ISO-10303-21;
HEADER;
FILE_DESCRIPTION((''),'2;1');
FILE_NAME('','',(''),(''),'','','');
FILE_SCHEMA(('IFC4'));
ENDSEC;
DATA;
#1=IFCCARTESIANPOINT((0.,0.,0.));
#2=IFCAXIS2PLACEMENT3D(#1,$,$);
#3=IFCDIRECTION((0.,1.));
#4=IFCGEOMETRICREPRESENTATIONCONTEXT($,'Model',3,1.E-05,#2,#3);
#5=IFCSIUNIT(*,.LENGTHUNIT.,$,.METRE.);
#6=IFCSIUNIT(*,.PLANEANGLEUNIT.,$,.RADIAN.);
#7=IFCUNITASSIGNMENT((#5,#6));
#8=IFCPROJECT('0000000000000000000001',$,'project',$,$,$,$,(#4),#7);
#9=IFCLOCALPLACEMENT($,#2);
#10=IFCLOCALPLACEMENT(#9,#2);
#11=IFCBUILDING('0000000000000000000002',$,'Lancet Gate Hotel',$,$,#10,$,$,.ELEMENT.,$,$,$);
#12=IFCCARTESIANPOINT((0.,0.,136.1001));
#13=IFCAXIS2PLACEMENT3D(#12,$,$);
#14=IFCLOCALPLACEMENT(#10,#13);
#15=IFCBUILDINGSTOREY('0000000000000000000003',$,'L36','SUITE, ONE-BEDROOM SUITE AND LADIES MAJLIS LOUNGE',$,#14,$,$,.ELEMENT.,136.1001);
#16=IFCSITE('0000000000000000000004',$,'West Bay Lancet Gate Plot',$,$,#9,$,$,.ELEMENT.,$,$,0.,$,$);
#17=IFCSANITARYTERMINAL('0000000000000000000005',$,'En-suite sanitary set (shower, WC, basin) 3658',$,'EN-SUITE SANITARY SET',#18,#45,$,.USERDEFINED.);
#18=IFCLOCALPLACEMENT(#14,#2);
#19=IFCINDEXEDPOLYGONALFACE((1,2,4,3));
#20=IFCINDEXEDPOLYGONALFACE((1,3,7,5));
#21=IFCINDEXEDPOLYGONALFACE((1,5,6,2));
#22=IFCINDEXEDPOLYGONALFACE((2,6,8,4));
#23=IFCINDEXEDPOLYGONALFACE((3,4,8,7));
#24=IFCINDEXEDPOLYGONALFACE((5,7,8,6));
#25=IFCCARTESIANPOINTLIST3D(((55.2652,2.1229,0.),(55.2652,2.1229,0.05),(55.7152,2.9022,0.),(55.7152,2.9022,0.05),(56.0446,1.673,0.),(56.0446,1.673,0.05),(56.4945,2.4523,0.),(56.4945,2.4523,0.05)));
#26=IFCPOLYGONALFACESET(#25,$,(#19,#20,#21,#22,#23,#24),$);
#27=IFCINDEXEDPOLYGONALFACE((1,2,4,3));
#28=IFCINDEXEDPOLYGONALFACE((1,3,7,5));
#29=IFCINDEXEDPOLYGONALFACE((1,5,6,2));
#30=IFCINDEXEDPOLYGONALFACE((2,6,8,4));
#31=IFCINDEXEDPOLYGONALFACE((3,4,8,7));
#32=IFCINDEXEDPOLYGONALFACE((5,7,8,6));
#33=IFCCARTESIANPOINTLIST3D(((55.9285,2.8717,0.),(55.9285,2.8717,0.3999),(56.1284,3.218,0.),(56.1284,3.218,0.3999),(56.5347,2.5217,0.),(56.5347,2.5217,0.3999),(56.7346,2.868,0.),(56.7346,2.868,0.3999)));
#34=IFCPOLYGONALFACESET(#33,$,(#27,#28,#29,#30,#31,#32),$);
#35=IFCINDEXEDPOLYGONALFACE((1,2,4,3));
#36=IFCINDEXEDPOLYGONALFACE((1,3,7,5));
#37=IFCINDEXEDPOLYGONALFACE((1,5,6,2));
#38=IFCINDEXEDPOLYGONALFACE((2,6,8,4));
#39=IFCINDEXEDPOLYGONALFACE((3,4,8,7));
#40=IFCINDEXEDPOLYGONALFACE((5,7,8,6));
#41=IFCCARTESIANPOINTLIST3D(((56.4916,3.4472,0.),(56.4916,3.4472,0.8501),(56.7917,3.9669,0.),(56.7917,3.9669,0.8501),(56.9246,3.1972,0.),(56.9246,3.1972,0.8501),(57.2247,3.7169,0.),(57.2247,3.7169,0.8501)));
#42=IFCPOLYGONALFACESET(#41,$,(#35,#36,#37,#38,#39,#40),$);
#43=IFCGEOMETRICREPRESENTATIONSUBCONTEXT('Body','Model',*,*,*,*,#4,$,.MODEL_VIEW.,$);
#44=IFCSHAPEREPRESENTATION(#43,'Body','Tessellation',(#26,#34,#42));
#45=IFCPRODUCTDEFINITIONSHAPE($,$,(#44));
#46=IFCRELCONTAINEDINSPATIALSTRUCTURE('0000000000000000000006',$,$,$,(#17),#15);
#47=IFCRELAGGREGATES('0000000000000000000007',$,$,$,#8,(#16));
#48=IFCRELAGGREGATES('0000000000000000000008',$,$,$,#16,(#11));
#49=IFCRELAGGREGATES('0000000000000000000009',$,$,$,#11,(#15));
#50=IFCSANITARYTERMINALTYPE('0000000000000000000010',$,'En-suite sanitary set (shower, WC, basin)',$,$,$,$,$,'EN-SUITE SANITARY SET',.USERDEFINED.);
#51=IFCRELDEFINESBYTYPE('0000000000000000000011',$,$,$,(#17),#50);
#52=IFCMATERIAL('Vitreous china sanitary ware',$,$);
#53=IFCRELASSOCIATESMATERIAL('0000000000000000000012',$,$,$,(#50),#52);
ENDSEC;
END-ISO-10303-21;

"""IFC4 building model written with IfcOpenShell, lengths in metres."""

from ifc_helpers import new_model, si_unit, direction, frame, origin, origin_2d, place, context, subcontext, project, spatial, rectangle, extrude, material, type_object, element, save


model = new_model("IFC4")

# Units and contexts
model_context = context("Model", 3, precision=1e-05, world=origin(), true_north=direction((0.0, 1.0)))
body_context = subcontext(model_context, "Body", "Model", "MODEL_VIEW")
ifc_project = project(units=[si_unit("LENGTHUNIT", "METRE"), si_unit("PLANEANGLEUNIT", "RADIAN")], contexts=[model_context])

# Site, building, storey
site_placement = place(None, origin())
site = spatial("IfcSite", under=ifc_project, at=site_placement, Name="West Bay Lancet Gate Plot", CompositionType="ELEMENT", RefElevation=0.0)
building_placement = place(site_placement, origin())
building = spatial("IfcBuilding", under=site, at=building_placement, Name="Lancet Gate Hotel", CompositionType="ELEMENT")
storey_placement = place(building_placement, frame((0.0, 0.0, 136.1001)))
storey = spatial("IfcBuildingStorey", under=building, at=storey_placement, Name="L36", Description="SUITE, ONE-BEDROOM SUITE AND LADIES MAJLIS LOUNGE", CompositionType="ELEMENT", Elevation=136.1001)

# Sanitary terminal
ifc_material_1 = material(Name="Vitreous china sanitary ware")
sanitary_terminal_type = type_object("IfcSanitaryTerminalType", Name="En-suite sanitary set (shower, WC, basin)", ElementType="EN-SUITE SANITARY SET", PredefinedType="USERDEFINED", material=ifc_material_1)
sanitary_terminal_placement = place(storey_placement, frame((55.8799, 2.2876, 0.0), z_axis=(0.0, 0.0, 1.0), x_axis=(1.0, 0.0, 0.0)))
element("IfcSanitaryTerminal", 1, at=sanitary_terminal_placement, inside=storey, type_object=sanitary_terminal_type, Name="En-suite sanitary set (shower, WC, basin) 3658", ObjectType="EN-SUITE SANITARY SET", PredefinedType="USERDEFINED", context=body_context, shape_type="SweptSolid", body=[
    extrude(rectangle(XDim=0.8999, YDim=0.8999, at=origin_2d()), frame((0.0, 0.0, 0.0), z_axis=(0.0, 0.0, 1.0), x_axis=(-0.5, -0.866025, 0.0)), (0.0, 0.0, 1.0), 0.05),
    extrude(rectangle(XDim=0.3999, YDim=0.7, at=origin_2d()), frame((0.4517, 0.5823, 0.0), z_axis=(0.0, 0.0, 1.0), x_axis=(-0.5, -0.866025, 0.0)), (0.0, 0.0, 1.0), 0.3999),
    extrude(rectangle(XDim=0.6001, YDim=0.5, at=origin_2d()), frame((0.9783, 1.2944, 0.0), z_axis=(0.0, 0.0, 1.0), x_axis=(-0.5, -0.866025, 0.0)), (0.0, 0.0, 1.0), 0.8501),
])

save(model, "model.ifc")
